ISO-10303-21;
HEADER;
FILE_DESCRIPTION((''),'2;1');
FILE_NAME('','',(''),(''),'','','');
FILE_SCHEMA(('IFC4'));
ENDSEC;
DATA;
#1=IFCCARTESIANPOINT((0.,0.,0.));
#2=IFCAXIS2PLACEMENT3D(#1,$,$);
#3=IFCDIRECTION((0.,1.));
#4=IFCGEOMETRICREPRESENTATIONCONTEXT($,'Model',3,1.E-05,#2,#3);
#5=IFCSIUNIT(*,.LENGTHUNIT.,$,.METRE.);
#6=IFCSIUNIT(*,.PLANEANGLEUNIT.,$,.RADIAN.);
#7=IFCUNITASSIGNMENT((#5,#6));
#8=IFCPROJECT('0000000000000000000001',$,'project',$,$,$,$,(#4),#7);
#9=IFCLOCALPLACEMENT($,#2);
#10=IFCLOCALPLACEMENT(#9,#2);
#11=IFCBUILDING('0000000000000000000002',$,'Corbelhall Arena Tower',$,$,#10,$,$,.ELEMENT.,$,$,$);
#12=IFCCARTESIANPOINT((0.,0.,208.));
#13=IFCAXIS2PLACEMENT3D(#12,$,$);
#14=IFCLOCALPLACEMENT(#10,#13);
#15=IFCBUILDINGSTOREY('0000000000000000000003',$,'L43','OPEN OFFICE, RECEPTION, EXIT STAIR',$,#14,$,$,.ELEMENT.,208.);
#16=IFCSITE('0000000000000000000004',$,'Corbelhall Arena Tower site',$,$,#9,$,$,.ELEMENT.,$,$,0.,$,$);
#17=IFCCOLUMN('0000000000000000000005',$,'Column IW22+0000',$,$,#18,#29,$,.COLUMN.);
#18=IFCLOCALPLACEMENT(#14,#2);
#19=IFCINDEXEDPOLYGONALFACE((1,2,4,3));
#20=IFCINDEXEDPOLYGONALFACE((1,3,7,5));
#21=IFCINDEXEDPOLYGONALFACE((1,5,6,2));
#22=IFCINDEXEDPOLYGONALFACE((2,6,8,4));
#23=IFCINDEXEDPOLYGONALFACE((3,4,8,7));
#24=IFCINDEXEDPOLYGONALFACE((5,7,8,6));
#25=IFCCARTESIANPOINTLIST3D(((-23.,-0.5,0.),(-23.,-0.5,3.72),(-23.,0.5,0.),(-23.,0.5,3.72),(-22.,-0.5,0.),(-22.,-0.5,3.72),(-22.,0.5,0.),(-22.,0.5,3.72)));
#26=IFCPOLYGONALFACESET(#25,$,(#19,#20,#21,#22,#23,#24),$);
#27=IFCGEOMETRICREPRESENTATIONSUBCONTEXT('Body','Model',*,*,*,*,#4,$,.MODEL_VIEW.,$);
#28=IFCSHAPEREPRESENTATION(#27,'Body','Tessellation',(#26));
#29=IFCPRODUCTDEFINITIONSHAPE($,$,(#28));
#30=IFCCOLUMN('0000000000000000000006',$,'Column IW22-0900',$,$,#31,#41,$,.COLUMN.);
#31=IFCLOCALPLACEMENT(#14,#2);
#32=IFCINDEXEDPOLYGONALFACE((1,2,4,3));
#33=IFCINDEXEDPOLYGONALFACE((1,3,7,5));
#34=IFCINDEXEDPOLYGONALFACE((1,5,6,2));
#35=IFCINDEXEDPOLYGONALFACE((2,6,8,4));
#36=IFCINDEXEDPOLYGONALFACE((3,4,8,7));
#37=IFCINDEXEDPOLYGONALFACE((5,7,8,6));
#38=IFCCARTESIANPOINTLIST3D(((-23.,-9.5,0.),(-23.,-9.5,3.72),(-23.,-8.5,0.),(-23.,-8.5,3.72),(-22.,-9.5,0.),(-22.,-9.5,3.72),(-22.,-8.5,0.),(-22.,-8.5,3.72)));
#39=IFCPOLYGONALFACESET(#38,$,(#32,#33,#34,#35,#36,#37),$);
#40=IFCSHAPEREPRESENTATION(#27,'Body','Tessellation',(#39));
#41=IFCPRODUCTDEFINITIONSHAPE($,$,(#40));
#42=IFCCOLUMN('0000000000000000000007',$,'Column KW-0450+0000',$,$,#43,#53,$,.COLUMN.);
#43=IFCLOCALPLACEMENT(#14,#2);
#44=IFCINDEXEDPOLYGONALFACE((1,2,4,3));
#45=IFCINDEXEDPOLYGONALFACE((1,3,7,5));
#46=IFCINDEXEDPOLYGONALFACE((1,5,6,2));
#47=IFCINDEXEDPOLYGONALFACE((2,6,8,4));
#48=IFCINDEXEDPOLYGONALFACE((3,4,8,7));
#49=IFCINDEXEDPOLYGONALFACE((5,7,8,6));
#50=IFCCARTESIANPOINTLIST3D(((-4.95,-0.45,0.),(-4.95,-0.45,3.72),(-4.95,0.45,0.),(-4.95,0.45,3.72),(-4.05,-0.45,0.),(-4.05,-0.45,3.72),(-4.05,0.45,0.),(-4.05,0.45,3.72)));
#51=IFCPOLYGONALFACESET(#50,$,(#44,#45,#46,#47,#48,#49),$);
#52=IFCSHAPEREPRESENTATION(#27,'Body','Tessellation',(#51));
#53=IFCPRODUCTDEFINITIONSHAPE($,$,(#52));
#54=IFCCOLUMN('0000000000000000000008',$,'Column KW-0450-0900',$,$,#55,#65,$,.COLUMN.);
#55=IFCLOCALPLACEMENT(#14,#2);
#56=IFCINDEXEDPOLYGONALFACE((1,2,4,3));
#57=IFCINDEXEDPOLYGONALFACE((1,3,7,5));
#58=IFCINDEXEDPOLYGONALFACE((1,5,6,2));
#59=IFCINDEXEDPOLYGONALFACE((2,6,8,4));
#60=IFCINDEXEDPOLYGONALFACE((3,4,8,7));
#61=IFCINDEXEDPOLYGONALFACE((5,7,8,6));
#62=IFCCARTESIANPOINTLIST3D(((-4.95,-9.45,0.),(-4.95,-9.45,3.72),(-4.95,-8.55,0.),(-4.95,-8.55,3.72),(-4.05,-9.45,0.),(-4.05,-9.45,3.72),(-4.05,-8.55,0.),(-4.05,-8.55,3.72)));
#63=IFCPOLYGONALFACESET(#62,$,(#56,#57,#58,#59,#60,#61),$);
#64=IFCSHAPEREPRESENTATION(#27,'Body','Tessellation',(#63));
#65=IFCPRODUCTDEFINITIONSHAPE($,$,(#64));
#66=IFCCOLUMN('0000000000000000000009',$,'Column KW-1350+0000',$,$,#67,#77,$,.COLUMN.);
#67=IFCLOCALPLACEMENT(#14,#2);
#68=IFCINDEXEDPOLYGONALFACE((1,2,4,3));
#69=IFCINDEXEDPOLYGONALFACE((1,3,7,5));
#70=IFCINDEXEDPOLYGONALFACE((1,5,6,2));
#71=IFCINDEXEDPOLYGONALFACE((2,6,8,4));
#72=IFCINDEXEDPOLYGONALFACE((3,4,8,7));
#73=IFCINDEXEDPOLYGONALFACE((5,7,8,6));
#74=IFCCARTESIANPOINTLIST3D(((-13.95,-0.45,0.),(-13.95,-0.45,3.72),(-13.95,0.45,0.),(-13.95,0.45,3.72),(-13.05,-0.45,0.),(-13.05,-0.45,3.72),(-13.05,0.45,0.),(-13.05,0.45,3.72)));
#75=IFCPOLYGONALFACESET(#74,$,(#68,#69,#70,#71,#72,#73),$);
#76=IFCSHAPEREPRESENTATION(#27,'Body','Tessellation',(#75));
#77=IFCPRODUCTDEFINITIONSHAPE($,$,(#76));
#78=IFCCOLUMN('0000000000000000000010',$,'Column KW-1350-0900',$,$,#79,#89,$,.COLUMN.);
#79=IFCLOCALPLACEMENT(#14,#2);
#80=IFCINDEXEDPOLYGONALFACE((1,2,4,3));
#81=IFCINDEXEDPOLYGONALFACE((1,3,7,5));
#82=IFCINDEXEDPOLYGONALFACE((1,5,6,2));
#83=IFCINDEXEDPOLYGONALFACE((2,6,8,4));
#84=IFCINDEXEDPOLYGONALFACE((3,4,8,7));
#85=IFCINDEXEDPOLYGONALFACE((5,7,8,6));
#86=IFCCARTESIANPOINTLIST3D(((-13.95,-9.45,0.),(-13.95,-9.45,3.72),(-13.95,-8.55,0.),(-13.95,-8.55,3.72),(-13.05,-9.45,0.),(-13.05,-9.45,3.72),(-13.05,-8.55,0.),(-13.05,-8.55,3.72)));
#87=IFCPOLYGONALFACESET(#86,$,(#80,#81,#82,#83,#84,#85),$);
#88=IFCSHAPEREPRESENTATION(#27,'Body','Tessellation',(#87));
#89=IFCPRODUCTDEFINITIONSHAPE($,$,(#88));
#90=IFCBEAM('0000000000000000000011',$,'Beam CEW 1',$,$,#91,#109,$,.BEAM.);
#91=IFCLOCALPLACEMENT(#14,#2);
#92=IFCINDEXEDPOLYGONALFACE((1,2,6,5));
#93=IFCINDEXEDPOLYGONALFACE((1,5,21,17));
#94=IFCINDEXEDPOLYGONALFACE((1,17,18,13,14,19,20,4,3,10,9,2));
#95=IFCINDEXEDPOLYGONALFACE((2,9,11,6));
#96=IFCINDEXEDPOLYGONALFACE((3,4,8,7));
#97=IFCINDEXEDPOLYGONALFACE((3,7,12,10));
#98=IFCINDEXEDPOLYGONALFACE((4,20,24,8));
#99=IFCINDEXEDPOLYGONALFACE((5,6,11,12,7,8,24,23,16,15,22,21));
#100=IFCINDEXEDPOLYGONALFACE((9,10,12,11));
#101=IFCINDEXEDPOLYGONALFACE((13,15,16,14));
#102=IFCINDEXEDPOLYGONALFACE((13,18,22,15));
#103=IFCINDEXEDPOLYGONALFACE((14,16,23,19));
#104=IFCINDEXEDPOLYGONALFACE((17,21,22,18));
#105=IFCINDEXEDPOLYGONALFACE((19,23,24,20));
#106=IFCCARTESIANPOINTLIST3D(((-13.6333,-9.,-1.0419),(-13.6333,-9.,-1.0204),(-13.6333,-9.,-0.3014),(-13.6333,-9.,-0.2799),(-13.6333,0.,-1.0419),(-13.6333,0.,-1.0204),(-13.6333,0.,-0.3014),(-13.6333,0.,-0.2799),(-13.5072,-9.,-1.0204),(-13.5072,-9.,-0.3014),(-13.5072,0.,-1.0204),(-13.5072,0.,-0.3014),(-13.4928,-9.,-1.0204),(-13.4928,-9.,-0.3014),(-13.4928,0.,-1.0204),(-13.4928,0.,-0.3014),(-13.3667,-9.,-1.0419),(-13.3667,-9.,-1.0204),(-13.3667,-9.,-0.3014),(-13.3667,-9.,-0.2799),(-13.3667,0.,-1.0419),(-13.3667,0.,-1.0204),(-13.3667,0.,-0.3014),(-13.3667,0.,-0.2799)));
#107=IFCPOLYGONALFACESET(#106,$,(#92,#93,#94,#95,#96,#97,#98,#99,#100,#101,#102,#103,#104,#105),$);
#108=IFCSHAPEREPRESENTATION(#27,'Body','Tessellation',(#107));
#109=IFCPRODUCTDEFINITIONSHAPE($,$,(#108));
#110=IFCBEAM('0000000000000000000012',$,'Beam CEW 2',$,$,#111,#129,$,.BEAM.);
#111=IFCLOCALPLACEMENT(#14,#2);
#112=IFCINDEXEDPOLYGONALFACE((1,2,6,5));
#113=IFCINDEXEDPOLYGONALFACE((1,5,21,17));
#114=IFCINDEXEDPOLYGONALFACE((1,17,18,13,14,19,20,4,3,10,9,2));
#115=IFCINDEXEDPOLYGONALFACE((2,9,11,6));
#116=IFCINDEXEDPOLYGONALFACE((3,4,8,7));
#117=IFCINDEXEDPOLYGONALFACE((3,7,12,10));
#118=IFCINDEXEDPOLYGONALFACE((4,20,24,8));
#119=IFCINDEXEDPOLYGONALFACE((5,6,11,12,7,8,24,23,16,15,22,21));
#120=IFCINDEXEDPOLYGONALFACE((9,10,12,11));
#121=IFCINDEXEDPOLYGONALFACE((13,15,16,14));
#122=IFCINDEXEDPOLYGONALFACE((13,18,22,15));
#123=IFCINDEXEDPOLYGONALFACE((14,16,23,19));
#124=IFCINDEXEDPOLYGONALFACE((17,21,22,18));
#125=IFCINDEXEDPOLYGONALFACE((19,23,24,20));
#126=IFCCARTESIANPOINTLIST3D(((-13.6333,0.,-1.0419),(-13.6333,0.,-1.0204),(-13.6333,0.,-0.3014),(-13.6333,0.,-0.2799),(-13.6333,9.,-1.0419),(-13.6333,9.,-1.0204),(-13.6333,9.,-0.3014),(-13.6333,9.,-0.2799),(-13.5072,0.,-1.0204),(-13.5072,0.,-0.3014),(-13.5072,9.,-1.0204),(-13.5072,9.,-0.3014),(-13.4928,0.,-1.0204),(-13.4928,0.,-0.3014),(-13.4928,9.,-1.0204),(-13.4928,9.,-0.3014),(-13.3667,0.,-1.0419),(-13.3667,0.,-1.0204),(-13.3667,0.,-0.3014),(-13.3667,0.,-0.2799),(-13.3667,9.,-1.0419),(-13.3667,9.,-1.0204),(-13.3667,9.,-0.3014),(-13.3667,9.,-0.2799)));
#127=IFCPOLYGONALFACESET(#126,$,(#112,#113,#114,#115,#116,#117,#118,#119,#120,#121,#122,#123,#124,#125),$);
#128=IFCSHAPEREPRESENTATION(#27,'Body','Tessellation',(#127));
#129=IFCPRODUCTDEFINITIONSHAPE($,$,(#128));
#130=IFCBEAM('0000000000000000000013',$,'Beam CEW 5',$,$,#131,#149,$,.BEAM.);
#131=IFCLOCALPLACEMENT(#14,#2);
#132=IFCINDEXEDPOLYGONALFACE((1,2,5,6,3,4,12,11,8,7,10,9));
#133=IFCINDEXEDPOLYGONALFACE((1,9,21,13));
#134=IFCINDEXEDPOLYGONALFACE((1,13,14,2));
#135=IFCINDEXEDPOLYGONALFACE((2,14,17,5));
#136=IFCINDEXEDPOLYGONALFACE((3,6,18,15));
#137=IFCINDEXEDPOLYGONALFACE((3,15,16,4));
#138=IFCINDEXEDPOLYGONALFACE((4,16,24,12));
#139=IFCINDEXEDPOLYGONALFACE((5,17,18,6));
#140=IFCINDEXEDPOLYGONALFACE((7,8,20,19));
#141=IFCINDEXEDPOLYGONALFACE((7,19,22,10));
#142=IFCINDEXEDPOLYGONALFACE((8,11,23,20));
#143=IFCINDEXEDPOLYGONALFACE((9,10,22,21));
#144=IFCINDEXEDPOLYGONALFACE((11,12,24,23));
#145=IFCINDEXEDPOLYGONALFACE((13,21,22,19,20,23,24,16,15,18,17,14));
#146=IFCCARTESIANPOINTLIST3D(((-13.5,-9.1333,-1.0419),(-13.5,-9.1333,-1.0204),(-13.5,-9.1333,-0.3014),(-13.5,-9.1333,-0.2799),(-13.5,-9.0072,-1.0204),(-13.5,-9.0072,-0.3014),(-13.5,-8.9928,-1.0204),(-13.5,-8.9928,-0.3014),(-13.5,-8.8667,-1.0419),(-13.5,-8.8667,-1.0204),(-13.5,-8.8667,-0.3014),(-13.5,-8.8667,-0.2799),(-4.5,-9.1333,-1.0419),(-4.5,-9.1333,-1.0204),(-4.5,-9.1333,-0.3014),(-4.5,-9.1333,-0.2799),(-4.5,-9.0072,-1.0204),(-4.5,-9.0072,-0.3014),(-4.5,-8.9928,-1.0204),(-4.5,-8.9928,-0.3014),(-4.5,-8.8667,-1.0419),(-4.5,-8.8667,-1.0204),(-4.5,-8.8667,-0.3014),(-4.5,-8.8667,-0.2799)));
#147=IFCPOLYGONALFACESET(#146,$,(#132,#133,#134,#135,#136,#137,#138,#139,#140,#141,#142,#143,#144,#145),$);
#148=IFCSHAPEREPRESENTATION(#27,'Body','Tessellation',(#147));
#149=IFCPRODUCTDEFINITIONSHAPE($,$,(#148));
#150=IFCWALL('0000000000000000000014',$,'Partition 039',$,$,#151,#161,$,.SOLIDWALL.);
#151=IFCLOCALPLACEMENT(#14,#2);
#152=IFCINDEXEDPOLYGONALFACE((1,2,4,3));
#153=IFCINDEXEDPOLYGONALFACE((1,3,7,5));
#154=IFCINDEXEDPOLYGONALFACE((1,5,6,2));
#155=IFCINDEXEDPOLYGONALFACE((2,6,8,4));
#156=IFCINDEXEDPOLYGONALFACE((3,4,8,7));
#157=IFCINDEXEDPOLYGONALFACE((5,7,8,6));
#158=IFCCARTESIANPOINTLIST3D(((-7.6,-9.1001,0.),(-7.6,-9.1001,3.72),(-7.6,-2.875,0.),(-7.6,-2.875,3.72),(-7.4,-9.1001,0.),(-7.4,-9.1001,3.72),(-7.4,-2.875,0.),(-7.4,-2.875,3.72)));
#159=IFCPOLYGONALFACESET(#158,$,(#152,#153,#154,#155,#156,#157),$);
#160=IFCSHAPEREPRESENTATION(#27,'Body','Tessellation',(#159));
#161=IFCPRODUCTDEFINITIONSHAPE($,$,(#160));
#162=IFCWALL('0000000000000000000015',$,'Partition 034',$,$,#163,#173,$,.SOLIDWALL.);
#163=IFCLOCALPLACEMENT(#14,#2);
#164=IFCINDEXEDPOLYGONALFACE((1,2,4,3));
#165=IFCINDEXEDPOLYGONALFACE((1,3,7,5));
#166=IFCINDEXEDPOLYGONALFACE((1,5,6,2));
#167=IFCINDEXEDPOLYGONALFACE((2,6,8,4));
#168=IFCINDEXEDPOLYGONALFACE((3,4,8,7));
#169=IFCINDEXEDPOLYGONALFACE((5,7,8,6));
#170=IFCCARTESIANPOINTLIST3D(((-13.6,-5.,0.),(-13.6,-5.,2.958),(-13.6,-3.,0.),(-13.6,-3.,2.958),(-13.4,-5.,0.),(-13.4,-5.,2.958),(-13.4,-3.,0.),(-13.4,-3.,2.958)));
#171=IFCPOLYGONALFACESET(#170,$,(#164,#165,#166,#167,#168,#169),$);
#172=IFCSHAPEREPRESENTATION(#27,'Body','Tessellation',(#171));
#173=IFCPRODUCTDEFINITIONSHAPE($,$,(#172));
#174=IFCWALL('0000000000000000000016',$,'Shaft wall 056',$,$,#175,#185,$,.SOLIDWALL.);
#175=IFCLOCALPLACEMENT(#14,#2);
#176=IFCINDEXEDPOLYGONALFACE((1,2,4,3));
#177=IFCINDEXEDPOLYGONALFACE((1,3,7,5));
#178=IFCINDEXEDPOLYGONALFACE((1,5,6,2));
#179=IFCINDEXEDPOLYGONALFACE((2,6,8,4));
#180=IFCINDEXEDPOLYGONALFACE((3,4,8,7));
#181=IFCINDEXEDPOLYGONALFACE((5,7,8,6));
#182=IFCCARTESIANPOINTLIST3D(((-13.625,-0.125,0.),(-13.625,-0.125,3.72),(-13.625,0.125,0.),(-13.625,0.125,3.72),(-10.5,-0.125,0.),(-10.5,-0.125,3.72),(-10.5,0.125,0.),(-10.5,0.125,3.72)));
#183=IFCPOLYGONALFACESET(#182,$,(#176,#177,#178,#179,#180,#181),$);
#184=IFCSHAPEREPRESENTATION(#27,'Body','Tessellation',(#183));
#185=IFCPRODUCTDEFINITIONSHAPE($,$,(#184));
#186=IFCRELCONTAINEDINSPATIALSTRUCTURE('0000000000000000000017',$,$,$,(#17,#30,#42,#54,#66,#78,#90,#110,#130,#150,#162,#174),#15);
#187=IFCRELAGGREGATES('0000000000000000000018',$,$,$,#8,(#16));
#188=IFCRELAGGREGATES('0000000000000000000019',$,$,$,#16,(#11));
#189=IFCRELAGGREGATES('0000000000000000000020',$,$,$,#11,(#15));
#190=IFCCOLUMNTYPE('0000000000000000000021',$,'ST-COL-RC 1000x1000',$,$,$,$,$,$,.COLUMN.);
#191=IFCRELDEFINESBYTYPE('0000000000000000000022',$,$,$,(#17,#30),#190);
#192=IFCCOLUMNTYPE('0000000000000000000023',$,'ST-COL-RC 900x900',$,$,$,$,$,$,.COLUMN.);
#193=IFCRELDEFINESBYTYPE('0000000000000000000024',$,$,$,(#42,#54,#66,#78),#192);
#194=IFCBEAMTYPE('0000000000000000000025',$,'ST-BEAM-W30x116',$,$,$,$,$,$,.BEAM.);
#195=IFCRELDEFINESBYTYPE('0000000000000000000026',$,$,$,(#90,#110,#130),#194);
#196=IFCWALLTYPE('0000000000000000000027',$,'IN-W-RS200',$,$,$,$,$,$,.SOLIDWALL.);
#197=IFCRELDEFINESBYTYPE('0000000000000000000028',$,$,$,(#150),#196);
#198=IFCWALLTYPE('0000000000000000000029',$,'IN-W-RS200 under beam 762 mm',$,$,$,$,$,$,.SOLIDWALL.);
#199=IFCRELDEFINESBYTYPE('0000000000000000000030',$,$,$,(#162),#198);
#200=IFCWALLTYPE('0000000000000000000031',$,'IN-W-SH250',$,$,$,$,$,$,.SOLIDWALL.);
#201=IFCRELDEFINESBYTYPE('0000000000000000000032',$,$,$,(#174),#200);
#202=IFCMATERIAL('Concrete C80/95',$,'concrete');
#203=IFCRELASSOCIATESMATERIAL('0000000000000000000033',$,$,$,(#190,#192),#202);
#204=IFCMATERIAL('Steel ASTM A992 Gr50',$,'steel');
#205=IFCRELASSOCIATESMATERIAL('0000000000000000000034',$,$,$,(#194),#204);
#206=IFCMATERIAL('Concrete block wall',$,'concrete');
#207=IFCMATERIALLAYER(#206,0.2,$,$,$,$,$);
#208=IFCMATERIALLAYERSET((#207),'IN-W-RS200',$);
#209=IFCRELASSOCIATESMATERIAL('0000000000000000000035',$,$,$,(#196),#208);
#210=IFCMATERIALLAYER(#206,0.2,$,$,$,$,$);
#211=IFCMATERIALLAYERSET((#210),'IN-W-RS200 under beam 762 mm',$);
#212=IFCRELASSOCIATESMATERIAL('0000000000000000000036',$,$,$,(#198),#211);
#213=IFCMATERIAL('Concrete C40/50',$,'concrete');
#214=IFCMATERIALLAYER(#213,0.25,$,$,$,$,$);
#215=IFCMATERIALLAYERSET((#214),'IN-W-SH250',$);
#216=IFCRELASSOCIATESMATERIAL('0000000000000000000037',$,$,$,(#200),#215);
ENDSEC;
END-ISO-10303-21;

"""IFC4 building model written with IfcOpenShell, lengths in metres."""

from ifc_helpers import new_model, si_unit, direction, frame, frame_2d, origin, origin_2d, place, context, subcontext, project, spatial, rectangle, i_section, extrude, material, layer, layer_set, material_profile, profile_set, type_object, element, save


model = new_model("IFC4")

# Units and contexts
model_context = context("Model", 3, precision=1e-05, world=origin(), true_north=direction((0.0, 1.0)))
body_context = subcontext(model_context, "Body", "Model", "MODEL_VIEW")
ifc_project = project(units=[si_unit("LENGTHUNIT", "METRE"), si_unit("PLANEANGLEUNIT", "RADIAN")], contexts=[model_context])

# Site, building, storey
site_placement = place(None, origin())
site = spatial("IfcSite", under=ifc_project, at=site_placement, Name="Corbelhall Arena Tower site", CompositionType="ELEMENT", RefElevation=0.0)
building_placement = place(site_placement, origin())
building = spatial("IfcBuilding", under=site, at=building_placement, Name="Corbelhall Arena Tower", CompositionType="ELEMENT")
storey_placement = place(building_placement, frame((0.0, 0.0, 208.0)))
storey = spatial("IfcBuildingStorey", under=building, at=storey_placement, Name="L43", Description="OPEN OFFICE, RECEPTION, EXIT STAIR", CompositionType="ELEMENT", Elevation=208.0)

# Columns
ifc_material_1 = material(Name="Concrete C80/95", Category="concrete")
ifc_material_profile_1 = material_profile(ifc_material_1, rectangle(XDim=1.0, YDim=1.0, at=origin_2d()))
ifc_profile_set_1 = profile_set([ifc_material_profile_1], Name="Concrete C80/95")
column_type_1 = type_object("IfcColumnType", Name="ST-COL-RC 1000x1000", PredefinedType="COLUMN", material=ifc_profile_set_1)
for number, where, z_axis, x_axis, name in (
    (1, (-22.5, 0.0, 0.0), (0.0, 0.0, 1.0), (1.0, 0.0, 0.0), "Column IW22+0000"),
    (2, (-22.5, -9.0, 0.0), (0.0, 0.0, 1.0), (1.0, 0.0, 0.0), "Column IW22-0900"),
):
    element("IfcColumn", number, at=place(storey_placement, frame(where, z_axis=z_axis, x_axis=x_axis)), inside=storey, type_object=column_type_1, Name=name, PredefinedType="COLUMN", context=body_context, shape_type="SweptSolid", body=[
        extrude(rectangle(XDim=1.0, YDim=1.0, at=origin_2d()), origin(), (0.0, 0.0, 1.0), 3.72),
    ])
ifc_material_profile_2 = material_profile(ifc_material_1, rectangle(XDim=0.8999, YDim=0.8999, at=origin_2d()))
ifc_profile_set_2 = profile_set([ifc_material_profile_2], Name="Concrete C80/95")
column_type_2 = type_object("IfcColumnType", Name="ST-COL-RC 900x900", PredefinedType="COLUMN", material=ifc_profile_set_2)
for number, where, z_axis, x_axis, name in (
    (3, (-4.5, 0.0, 0.0), (0.0, 0.0, 1.0), (1.0, 0.0, 0.0), "Column KW-0450+0000"),
    (4, (-4.5, -9.0, 0.0), (0.0, 0.0, 1.0), (1.0, 0.0, 0.0), "Column KW-0450-0900"),
    (5, (-13.5, 0.0, 0.0), (0.0, 0.0, 1.0), (1.0, 0.0, 0.0), "Column KW-1350+0000"),
    (6, (-13.5, -9.0, 0.0), (0.0, 0.0, 1.0), (1.0, 0.0, 0.0), "Column KW-1350-0900"),
):
    element("IfcColumn", number, at=place(storey_placement, frame(where, z_axis=z_axis, x_axis=x_axis)), inside=storey, type_object=column_type_2, Name=name, PredefinedType="COLUMN", context=body_context, shape_type="SweptSolid", body=[
        extrude(rectangle(XDim=0.8999, YDim=0.8999, at=origin_2d()), origin(), (0.0, 0.0, 1.0), 3.72),
    ])

# Beams
ifc_material_2 = material(Name="Steel ASTM A992 Gr50", Category="steel")
ifc_material_profile_3 = material_profile(ifc_material_2, i_section(OverallWidth=0.2666, OverallDepth=0.762, WebThickness=0.0144, FlangeThickness=0.0215, at=origin_2d()))
ifc_profile_set_3 = profile_set([ifc_material_profile_3], Name="Steel ASTM A992 Gr50")
beam_type = type_object("IfcBeamType", Name="ST-BEAM-W30x116", PredefinedType="BEAM", material=ifc_profile_set_3)
for number, where, z_axis, x_axis, name in (
    (7, (-13.5, -9.0, -0.6609), (0.0, 1.0, 0.0), (-1.0, 0.0, 0.0), "Beam CEW 1"),
    (8, (-13.5, 0.0, -0.6609), (0.0, 1.0, 0.0), (-1.0, 0.0, 0.0), "Beam CEW 2"),
    (9, (-13.5, -9.0, -0.6609), (1.0, 0.0, 0.0), (0.0, 1.0, 0.0), "Beam CEW 5"),
):
    element("IfcBeam", number, at=place(storey_placement, frame(where, z_axis=z_axis, x_axis=x_axis)), inside=storey, type_object=beam_type, Name=name, PredefinedType="BEAM", context=body_context, shape_type="SweptSolid", body=[
        extrude(i_section(OverallWidth=0.2666, OverallDepth=0.762, WebThickness=0.0144, FlangeThickness=0.0215, at=origin_2d()), origin(), (0.0, 0.0, 1.0), 9.0),
    ])

# Shared definitions
ifc_material_3 = material(Name="Concrete block wall", Category="concrete")
ifc_layer_1 = layer(ifc_material_3, 0.2)
ifc_layer_set_1 = layer_set([ifc_layer_1], Name="IN-W-RS200")
wall_type_1 = type_object("IfcWallType", Name="IN-W-RS200", PredefinedType="SOLIDWALL", material=ifc_layer_set_1)

# Walls
wall_1_placement = place(storey_placement, frame((-7.5, -9.1001, 0.0), z_axis=(0.0, 0.0, 1.0), x_axis=(0.0, 1.0, 0.0)))
element("IfcWall", 10, at=wall_1_placement, inside=storey, type_object=wall_type_1, Name="Partition 039", PredefinedType="SOLIDWALL", context=body_context, shape_type="SweptSolid", body=[
    extrude(rectangle(XDim=6.2251, YDim=0.2, at=frame_2d((3.1125, 0.0))), origin(), (0.0, 0.0, 1.0), 3.72),
])
ifc_layer_2 = layer(ifc_material_3, 0.2)
ifc_layer_set_2 = layer_set([ifc_layer_2], Name="IN-W-RS200 under beam 762 mm")
wall_type_2 = type_object("IfcWallType", Name="IN-W-RS200 under beam 762 mm", PredefinedType="SOLIDWALL", material=ifc_layer_set_2)
wall_2_placement = place(storey_placement, frame((-13.5, -5.0, 0.0), z_axis=(0.0, 0.0, 1.0), x_axis=(0.0, 1.0, 0.0)))
element("IfcWall", 11, at=wall_2_placement, inside=storey, type_object=wall_type_2, Name="Partition 034", PredefinedType="SOLIDWALL", context=body_context, shape_type="SweptSolid", body=[
    extrude(rectangle(XDim=2.0, YDim=0.2, at=frame_2d((1.0, 0.0))), origin(), (0.0, 0.0, 1.0), 2.958),
])
ifc_material_4 = material(Name="Concrete C40/50", Category="concrete")
ifc_layer_3 = layer(ifc_material_4, 0.25)
ifc_layer_set_3 = layer_set([ifc_layer_3], Name="IN-W-SH250")
wall_type_3 = type_object("IfcWallType", Name="IN-W-SH250", PredefinedType="SOLIDWALL", material=ifc_layer_set_3)
wall_3_placement = place(storey_placement, frame((-13.625, 0.0, 0.0), z_axis=(0.0, 0.0, 1.0), x_axis=(1.0, 0.0, 0.0)))
element("IfcWall", 12, at=wall_3_placement, inside=storey, type_object=wall_type_3, Name="Shaft wall 056", PredefinedType="SOLIDWALL", context=body_context, shape_type="SweptSolid", body=[
    extrude(rectangle(XDim=3.125, YDim=0.25, at=frame_2d((1.5625, 0.0))), origin(), (0.0, 0.0, 1.0), 3.72),
])

save(model, "model.ifc")
